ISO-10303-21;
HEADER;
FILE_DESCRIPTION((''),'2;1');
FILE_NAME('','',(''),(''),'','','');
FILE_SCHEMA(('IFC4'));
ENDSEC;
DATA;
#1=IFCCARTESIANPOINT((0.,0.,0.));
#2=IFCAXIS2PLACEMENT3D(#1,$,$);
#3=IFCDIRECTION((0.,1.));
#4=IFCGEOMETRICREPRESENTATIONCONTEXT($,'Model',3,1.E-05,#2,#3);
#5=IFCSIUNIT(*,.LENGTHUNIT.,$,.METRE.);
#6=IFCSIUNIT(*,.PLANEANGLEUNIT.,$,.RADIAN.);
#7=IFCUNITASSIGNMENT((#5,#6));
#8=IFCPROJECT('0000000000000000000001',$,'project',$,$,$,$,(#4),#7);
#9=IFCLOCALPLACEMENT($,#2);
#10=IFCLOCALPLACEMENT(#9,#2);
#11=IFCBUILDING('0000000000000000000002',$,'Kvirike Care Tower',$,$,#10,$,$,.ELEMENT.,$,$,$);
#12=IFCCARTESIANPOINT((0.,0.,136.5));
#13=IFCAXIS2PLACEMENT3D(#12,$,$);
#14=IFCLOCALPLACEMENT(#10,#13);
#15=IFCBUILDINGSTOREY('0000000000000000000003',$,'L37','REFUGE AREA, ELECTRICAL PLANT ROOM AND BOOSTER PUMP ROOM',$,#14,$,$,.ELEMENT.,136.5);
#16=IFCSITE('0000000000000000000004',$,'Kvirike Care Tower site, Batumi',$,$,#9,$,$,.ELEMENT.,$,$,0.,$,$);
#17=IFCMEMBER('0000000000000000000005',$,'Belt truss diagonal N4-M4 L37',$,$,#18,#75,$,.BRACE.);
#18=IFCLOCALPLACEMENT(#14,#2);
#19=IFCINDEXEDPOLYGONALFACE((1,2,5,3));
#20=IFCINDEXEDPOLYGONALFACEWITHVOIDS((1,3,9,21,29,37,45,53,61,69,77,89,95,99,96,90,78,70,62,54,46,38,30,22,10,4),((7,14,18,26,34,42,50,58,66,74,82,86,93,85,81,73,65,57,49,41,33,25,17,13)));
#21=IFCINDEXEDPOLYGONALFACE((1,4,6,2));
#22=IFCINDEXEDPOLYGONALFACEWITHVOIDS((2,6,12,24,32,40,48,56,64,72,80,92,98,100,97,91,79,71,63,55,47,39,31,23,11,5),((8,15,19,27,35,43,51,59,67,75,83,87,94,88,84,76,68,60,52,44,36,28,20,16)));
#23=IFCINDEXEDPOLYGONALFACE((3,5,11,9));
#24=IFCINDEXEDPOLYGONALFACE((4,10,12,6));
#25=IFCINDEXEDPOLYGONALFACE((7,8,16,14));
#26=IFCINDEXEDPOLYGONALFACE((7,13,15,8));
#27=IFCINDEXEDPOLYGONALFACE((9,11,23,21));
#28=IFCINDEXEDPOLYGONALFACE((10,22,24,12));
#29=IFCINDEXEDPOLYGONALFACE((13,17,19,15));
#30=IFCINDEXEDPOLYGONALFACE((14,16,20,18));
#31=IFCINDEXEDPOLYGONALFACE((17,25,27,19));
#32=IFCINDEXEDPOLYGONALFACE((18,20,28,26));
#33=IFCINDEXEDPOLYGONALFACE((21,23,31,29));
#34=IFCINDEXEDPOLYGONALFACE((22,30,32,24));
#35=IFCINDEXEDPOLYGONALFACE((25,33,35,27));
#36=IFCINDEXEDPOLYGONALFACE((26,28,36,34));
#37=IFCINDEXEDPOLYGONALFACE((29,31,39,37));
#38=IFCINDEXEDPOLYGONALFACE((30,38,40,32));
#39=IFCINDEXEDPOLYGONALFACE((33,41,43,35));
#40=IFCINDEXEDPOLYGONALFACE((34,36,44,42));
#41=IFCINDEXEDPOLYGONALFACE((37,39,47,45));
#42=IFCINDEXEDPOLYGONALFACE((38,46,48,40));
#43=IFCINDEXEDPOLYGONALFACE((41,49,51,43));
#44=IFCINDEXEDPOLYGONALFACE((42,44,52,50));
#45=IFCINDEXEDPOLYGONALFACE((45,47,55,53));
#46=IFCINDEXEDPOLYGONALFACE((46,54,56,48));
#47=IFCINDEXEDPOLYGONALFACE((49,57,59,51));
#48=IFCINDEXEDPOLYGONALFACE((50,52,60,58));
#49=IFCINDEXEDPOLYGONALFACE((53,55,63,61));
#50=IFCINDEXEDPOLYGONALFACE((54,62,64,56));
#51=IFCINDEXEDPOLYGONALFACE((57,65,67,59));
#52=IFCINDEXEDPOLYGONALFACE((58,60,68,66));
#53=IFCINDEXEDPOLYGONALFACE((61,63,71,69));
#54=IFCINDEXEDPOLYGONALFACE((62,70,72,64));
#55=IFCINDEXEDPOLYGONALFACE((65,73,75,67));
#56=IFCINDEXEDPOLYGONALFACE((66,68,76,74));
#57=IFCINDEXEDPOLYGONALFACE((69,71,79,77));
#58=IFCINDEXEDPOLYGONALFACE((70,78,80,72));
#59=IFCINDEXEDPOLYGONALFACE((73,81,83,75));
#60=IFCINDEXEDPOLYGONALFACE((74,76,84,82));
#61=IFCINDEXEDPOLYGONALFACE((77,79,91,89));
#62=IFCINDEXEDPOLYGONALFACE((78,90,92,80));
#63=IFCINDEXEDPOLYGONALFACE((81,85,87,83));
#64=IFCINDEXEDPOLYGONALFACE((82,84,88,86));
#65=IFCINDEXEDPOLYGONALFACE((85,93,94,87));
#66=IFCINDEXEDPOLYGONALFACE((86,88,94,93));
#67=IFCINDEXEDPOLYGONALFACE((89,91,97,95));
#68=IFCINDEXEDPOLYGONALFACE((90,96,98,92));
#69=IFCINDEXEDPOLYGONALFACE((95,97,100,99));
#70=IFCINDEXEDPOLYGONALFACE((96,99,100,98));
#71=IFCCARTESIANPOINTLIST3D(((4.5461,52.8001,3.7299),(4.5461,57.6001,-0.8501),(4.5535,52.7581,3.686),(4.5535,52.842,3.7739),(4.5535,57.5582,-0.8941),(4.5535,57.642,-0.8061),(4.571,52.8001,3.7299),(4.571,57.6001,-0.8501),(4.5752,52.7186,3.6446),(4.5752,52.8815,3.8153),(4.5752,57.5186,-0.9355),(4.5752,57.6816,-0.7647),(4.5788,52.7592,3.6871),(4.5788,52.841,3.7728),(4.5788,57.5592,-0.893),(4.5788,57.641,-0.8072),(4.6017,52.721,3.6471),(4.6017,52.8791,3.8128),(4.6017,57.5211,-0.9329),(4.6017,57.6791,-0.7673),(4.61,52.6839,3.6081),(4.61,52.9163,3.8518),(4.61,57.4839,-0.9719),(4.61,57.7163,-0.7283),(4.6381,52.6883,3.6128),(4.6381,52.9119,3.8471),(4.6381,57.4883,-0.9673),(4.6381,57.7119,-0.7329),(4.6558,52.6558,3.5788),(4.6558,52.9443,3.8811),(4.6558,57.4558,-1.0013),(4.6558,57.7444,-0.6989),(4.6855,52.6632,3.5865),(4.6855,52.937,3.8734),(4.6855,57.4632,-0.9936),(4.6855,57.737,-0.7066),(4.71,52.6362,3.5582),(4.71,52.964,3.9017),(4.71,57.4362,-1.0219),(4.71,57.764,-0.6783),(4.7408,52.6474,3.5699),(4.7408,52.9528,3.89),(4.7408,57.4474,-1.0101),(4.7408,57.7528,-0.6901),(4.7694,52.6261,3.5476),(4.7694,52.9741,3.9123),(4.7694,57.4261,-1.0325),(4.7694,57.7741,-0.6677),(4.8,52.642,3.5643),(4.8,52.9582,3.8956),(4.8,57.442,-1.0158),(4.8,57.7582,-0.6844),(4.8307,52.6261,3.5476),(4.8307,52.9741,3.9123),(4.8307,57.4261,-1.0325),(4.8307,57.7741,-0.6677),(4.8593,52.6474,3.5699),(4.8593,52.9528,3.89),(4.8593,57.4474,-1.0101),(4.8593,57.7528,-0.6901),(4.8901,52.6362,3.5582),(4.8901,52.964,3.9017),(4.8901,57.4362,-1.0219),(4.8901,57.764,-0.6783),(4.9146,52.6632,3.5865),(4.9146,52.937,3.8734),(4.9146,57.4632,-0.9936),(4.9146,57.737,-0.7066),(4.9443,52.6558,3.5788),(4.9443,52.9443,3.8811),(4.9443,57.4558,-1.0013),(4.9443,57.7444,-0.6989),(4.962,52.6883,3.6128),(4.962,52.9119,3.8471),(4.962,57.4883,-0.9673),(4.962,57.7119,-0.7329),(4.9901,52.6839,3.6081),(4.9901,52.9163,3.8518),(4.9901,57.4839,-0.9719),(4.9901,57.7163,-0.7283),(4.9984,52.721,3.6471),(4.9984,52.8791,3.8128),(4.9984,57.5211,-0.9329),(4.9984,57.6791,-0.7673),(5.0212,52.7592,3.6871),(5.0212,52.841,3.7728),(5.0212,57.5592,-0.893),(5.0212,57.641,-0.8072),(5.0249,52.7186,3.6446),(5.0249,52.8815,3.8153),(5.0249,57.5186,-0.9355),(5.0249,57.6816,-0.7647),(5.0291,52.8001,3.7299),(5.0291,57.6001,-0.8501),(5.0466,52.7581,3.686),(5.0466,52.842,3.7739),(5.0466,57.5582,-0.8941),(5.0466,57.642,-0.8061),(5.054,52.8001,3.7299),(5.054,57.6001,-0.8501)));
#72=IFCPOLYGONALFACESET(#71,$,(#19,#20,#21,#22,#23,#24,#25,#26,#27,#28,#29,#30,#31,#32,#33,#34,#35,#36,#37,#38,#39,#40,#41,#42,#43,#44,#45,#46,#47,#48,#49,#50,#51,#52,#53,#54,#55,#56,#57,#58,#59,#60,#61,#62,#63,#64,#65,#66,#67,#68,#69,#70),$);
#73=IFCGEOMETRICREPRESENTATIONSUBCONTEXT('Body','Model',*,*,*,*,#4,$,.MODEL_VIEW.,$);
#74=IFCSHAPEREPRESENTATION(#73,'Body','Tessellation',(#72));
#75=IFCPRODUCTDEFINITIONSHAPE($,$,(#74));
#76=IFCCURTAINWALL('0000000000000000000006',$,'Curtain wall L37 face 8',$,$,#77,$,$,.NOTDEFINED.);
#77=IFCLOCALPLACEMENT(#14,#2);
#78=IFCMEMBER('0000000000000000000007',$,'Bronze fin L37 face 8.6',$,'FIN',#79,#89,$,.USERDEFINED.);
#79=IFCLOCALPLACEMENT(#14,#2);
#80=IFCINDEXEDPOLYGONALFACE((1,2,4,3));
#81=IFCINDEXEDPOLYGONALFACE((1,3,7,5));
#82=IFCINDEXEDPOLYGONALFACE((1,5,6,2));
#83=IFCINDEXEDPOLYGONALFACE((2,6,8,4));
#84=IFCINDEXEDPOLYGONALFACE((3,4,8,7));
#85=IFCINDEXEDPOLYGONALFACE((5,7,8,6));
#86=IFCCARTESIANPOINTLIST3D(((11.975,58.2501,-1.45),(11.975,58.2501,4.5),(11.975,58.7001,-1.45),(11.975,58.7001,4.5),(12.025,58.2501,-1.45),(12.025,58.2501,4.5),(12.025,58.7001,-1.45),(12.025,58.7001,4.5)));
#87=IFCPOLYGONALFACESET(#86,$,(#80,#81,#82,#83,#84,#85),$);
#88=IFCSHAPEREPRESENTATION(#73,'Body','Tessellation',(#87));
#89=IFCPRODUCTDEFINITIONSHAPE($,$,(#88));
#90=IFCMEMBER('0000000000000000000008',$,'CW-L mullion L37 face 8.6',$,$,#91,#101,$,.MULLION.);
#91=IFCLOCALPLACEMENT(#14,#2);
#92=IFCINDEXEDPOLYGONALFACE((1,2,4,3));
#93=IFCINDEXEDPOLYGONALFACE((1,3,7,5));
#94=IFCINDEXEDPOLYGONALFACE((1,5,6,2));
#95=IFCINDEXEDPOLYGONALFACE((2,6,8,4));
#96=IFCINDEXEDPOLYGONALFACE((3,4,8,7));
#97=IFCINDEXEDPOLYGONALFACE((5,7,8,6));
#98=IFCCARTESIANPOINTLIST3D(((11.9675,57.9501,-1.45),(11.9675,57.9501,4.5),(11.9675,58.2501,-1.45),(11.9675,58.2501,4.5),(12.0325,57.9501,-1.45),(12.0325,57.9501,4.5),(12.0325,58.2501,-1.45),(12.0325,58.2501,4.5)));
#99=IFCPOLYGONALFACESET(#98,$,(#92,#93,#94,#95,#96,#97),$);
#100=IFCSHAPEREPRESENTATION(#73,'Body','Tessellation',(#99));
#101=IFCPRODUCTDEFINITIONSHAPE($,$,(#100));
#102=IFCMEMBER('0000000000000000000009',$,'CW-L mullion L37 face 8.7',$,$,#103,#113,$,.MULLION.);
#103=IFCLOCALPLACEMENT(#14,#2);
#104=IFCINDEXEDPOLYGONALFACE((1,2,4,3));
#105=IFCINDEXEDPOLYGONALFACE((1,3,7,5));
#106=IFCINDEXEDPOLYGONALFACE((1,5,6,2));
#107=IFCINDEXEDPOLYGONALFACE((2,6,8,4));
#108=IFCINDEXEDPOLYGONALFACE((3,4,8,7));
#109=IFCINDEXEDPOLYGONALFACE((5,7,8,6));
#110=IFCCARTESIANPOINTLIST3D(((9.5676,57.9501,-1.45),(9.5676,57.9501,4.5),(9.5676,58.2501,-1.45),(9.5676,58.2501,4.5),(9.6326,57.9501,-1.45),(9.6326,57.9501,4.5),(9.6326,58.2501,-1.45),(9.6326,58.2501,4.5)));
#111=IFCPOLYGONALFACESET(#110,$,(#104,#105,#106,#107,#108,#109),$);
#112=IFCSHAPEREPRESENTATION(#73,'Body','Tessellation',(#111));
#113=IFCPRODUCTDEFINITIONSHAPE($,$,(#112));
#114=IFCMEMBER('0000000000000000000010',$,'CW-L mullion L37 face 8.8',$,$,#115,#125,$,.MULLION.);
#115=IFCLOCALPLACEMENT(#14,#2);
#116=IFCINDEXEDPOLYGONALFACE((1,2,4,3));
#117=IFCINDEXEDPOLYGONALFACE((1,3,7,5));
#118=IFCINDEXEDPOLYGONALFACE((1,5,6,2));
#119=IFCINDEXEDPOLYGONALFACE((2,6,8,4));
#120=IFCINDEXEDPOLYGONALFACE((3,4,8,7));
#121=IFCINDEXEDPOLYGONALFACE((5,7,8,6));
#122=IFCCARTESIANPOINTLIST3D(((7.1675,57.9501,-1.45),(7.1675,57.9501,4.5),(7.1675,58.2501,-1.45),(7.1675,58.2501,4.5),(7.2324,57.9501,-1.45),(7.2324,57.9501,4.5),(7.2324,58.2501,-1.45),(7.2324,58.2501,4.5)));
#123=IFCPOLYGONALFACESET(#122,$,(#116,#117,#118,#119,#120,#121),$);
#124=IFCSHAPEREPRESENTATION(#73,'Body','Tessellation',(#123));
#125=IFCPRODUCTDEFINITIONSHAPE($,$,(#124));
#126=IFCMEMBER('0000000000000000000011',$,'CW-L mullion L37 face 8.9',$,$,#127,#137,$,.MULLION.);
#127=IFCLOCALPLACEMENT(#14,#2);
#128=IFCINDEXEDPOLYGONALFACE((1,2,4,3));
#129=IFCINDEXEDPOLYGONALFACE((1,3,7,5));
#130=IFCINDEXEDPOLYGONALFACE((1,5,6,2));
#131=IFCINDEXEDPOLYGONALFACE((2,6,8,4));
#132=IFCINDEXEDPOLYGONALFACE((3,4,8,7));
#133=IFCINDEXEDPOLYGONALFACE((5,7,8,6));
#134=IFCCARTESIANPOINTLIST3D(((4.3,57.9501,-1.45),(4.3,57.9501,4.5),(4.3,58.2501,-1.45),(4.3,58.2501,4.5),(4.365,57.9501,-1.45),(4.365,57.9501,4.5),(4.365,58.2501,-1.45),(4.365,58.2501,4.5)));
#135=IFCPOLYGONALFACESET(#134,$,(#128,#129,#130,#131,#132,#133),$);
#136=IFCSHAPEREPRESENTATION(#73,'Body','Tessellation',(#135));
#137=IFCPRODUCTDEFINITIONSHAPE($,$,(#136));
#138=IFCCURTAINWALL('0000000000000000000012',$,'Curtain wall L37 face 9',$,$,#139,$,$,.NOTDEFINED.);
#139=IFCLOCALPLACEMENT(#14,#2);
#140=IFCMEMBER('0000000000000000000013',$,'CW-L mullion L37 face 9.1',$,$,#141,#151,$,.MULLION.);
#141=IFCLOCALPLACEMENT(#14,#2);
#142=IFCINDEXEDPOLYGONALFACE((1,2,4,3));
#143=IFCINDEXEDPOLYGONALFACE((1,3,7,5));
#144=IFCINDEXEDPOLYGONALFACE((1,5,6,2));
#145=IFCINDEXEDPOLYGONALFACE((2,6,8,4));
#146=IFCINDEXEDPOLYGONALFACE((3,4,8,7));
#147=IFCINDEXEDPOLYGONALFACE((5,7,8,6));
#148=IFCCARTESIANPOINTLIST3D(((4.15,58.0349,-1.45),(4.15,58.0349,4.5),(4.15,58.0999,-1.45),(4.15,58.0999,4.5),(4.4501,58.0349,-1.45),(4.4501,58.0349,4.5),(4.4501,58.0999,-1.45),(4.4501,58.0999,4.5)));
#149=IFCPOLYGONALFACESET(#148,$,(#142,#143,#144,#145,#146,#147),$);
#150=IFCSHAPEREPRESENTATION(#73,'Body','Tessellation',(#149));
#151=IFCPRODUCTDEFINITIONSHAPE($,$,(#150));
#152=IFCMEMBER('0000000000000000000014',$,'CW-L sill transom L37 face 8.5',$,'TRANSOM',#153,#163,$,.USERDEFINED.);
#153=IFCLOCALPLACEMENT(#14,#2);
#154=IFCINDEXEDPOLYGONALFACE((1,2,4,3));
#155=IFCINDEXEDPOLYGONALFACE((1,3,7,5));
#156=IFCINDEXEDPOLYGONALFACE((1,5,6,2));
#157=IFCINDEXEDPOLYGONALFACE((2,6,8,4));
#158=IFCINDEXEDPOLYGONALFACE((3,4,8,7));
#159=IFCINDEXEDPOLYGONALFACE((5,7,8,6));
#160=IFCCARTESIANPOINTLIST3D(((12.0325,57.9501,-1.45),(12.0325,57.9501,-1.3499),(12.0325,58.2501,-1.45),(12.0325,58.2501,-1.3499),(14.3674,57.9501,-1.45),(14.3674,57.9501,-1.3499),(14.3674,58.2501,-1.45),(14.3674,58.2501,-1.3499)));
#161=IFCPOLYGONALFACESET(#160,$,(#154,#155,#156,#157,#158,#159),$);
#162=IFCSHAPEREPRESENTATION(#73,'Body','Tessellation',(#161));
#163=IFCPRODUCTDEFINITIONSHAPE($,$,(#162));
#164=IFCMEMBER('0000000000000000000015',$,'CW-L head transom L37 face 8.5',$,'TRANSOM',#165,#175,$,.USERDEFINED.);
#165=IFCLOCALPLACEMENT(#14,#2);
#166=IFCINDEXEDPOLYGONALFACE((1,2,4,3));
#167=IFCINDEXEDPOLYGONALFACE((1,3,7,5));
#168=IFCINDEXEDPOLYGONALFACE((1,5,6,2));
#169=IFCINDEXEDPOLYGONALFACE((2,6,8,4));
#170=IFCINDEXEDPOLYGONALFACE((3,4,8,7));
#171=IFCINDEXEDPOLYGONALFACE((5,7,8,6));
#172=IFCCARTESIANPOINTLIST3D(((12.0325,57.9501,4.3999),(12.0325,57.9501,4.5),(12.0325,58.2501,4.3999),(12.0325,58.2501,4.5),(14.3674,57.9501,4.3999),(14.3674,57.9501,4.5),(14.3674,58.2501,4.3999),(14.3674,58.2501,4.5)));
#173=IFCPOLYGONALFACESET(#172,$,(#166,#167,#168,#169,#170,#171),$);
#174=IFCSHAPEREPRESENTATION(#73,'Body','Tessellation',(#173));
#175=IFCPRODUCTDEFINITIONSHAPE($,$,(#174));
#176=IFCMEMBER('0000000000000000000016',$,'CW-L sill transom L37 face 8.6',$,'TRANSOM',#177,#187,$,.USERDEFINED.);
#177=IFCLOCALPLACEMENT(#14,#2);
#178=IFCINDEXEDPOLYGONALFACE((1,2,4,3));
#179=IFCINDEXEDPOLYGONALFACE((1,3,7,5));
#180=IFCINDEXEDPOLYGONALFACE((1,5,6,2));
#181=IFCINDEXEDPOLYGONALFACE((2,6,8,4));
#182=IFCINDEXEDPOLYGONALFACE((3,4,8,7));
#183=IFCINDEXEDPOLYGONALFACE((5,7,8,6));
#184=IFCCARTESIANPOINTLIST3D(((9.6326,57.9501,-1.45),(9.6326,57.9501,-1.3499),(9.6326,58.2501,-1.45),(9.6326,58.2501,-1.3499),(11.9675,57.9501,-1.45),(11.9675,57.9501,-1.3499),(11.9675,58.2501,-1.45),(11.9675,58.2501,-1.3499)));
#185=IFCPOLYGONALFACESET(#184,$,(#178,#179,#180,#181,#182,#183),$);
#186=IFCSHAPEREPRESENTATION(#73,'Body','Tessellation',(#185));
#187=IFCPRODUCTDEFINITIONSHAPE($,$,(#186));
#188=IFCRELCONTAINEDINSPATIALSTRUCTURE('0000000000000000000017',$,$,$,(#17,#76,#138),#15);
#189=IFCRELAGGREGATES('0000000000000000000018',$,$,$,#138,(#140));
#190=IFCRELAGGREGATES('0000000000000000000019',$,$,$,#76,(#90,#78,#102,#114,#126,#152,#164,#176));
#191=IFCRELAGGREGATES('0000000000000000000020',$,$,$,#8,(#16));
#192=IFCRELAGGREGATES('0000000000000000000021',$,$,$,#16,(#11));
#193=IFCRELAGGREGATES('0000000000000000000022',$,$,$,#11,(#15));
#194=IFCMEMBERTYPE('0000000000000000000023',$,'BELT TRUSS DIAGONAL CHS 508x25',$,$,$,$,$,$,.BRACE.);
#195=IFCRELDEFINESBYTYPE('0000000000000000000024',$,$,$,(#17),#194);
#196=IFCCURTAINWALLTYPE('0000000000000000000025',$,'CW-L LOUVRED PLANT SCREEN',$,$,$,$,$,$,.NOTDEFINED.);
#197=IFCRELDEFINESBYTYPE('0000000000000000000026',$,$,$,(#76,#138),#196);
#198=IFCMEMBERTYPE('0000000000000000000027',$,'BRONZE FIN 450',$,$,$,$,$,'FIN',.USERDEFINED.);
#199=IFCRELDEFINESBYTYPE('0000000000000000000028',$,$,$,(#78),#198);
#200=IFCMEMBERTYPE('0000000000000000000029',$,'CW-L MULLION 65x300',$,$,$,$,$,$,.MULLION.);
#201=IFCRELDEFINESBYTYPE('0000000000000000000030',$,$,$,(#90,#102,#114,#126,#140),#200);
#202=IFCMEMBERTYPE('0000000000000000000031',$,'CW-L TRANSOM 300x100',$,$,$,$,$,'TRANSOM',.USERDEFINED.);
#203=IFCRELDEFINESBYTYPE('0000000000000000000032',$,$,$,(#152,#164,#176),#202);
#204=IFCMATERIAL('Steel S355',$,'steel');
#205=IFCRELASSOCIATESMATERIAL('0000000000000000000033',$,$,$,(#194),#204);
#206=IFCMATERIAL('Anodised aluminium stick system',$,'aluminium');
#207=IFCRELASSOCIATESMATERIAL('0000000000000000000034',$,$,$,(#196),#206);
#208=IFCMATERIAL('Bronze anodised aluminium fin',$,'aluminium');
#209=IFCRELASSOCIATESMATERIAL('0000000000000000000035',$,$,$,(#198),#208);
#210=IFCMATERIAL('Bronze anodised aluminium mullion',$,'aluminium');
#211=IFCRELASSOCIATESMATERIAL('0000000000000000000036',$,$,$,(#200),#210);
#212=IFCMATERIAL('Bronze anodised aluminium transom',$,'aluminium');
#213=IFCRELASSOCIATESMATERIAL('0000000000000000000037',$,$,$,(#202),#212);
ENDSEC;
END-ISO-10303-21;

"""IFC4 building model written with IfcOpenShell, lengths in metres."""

from ifc_helpers import new_model, si_unit, direction, frame, origin, origin_2d, place, context, subcontext, project, spatial, rectangle, hollow_circle, extrude, material, material_profile, profile_set, type_object, element, aggregate, save


model = new_model("IFC4")

# Units and contexts
model_context = context("Model", 3, precision=1e-05, world=origin(), true_north=direction((0.0, 1.0)))
body_context = subcontext(model_context, "Body", "Model", "MODEL_VIEW")
ifc_project = project(units=[si_unit("LENGTHUNIT", "METRE"), si_unit("PLANEANGLEUNIT", "RADIAN")], contexts=[model_context])

# Site, building, storey
site_placement = place(None, origin())
site = spatial("IfcSite", under=ifc_project, at=site_placement, Name="Kvirike Care Tower site, Batumi", CompositionType="ELEMENT", RefElevation=0.0)
building_placement = place(site_placement, origin())
building = spatial("IfcBuilding", under=site, at=building_placement, Name="Kvirike Care Tower", CompositionType="ELEMENT")
storey_placement = place(building_placement, frame((0.0, 0.0, 136.5)))
storey = spatial("IfcBuildingStorey", under=building, at=storey_placement, Name="L37", Description="REFUGE AREA, ELECTRICAL PLANT ROOM AND BOOSTER PUMP ROOM", CompositionType="ELEMENT", Elevation=136.5)

# Member
ifc_material_1 = material(Name="Steel S355", Category="steel")
ifc_material_profile_1 = material_profile(ifc_material_1, hollow_circle(Radius=0.2539, WallThickness=0.0249, at=origin_2d()), Name="CHS 508x25")
ifc_profile_set_1 = profile_set([ifc_material_profile_1], Name="Steel S355")
member_type_1 = type_object("IfcMemberType", Name="BELT TRUSS DIAGONAL CHS 508x25", PredefinedType="BRACE", material=ifc_profile_set_1)
for number, where, z_axis, x_axis, name in (
    (1, (4.8, 57.6001, -0.8501), (0.0, -0.72349, 0.690335), (1.0, 0.0, 0.0), "Belt truss diagonal N4-M4 L37"),
):
    element("IfcMember", number, at=place(storey_placement, frame(where, z_axis=z_axis, x_axis=x_axis)), inside=storey, type_object=member_type_1, Name=name, PredefinedType="BRACE", context=body_context, shape_type="SweptSolid", body=[
        extrude(hollow_circle(Radius=0.2539, WallThickness=0.0249, at=origin_2d()), origin(), (0.0, 0.0, 1.0), 6.6345),
    ])

# Curtain wall, members
ifc_material_2 = material(Name="Anodised aluminium stick system", Category="aluminium")
curtain_wall_type = type_object("IfcCurtainWallType", Name="CW-L LOUVRED PLANT SCREEN", PredefinedType="NOTDEFINED", material=ifc_material_2)
curtain_wall_1_placement = place(storey_placement, origin())
curtain_wall_1 = element("IfcCurtainWall", 2, at=curtain_wall_1_placement, inside=storey, type_object=curtain_wall_type, Name="Curtain wall L37 face 8", PredefinedType="NOTDEFINED")
ifc_material_3 = material(Name="Bronze anodised aluminium fin", Category="aluminium")
ifc_material_profile_2 = material_profile(ifc_material_3, rectangle(XDim=0.05, YDim=0.45, at=origin_2d()), Name="BRONZE FIN 450")
ifc_profile_set_2 = profile_set([ifc_material_profile_2], Name="Bronze anodised aluminium fin")
member_type_2 = type_object("IfcMemberType", Name="BRONZE FIN 450", ElementType="FIN", PredefinedType="USERDEFINED", material=ifc_profile_set_2)
member_1_placement = place(storey_placement, frame((12.0, 58.4751, -1.45), z_axis=(0.0, 0.0, 1.0), x_axis=(-1.0, 0.0, 0.0)))
member_1 = element("IfcMember", 3, at=member_1_placement, type_object=member_type_2, Name="Bronze fin L37 face 8.6", ObjectType="FIN", PredefinedType="USERDEFINED", context=body_context, shape_type="SweptSolid", body=[
    extrude(rectangle(XDim=0.05, YDim=0.45, at=origin_2d()), origin(), (0.0, 0.0, 1.0), 5.95),
])
ifc_material_4 = material(Name="Bronze anodised aluminium mullion", Category="aluminium")
ifc_material_profile_3 = material_profile(ifc_material_4, rectangle(XDim=0.0649, YDim=0.3, at=origin_2d()), Name="CW-L MULLION 65x300")
ifc_profile_set_3 = profile_set([ifc_material_profile_3], Name="Bronze anodised aluminium mullion")
member_type_3 = type_object("IfcMemberType", Name="CW-L MULLION 65x300", PredefinedType="MULLION", material=ifc_profile_set_3)
member_2_placement = place(storey_placement, frame((12.0, 58.1001, -1.45), z_axis=(0.0, 0.0, 1.0), x_axis=(-1.0, 0.0, 0.0)))
member_2 = element("IfcMember", 4, at=member_2_placement, type_object=member_type_3, Name="CW-L mullion L37 face 8.6", PredefinedType="MULLION", context=body_context, shape_type="SweptSolid", body=[
    extrude(rectangle(XDim=0.0649, YDim=0.3, at=origin_2d()), origin(), (0.0, 0.0, 1.0), 5.95),
])
member_3_placement = place(storey_placement, frame((9.6001, 58.1001, -1.45), z_axis=(0.0, 0.0, 1.0), x_axis=(-1.0, 0.0, 0.0)))
member_3 = element("IfcMember", 5, at=member_3_placement, type_object=member_type_3, Name="CW-L mullion L37 face 8.7", PredefinedType="MULLION", context=body_context, shape_type="SweptSolid", body=[
    extrude(rectangle(XDim=0.0649, YDim=0.3, at=origin_2d()), origin(), (0.0, 0.0, 1.0), 5.95),
])
member_4_placement = place(storey_placement, frame((7.2, 58.1001, -1.45), z_axis=(0.0, 0.0, 1.0), x_axis=(-1.0, 0.0, 0.0)))
member_4 = element("IfcMember", 6, at=member_4_placement, type_object=member_type_3, Name="CW-L mullion L37 face 8.8", PredefinedType="MULLION", context=body_context, shape_type="SweptSolid", body=[
    extrude(rectangle(XDim=0.0649, YDim=0.3, at=origin_2d()), origin(), (0.0, 0.0, 1.0), 5.95),
])
member_5_placement = place(storey_placement, frame((4.3325, 58.1001, -1.45), z_axis=(0.0, 0.0, 1.0), x_axis=(-1.0, 0.0, 0.0)))
member_5 = element("IfcMember", 7, at=member_5_placement, type_object=member_type_3, Name="CW-L mullion L37 face 8.9", PredefinedType="MULLION", context=body_context, shape_type="SweptSolid", body=[
    extrude(rectangle(XDim=0.0649, YDim=0.3, at=origin_2d()), origin(), (0.0, 0.0, 1.0), 5.95),
])

# Curtain wall, member
curtain_wall_2_placement = place(storey_placement, origin())
curtain_wall_2 = element("IfcCurtainWall", 8, at=curtain_wall_2_placement, inside=storey, type_object=curtain_wall_type, Name="Curtain wall L37 face 9", PredefinedType="NOTDEFINED")
member_6_placement = place(storey_placement, frame((4.3, 58.0674, -1.45), z_axis=(0.0, 0.0, 1.0), x_axis=(0.0, -1.0, 0.0)))
member_6 = element("IfcMember", 9, at=member_6_placement, type_object=member_type_3, Name="CW-L mullion L37 face 9.1", PredefinedType="MULLION", context=body_context, shape_type="SweptSolid", body=[
    extrude(rectangle(XDim=0.0649, YDim=0.3, at=origin_2d()), origin(), (0.0, 0.0, 1.0), 5.95),
])
aggregate(curtain_wall_2, [member_6])

# Members
ifc_material_5 = material(Name="Bronze anodised aluminium transom", Category="aluminium")
ifc_material_profile_4 = material_profile(ifc_material_5, rectangle(XDim=0.3, YDim=0.1001, at=origin_2d()), Name="CW-L TRANSOM 300x100")
ifc_profile_set_4 = profile_set([ifc_material_profile_4], Name="Bronze anodised aluminium transom")
member_type_4 = type_object("IfcMemberType", Name="CW-L TRANSOM 300x100", ElementType="TRANSOM", PredefinedType="USERDEFINED", material=ifc_profile_set_4)
member_7_placement = place(storey_placement, frame((14.3674, 58.1001, -1.3999), z_axis=(-1.0, 0.0, 0.0), x_axis=(0.0, -1.0, 0.0)))
member_7 = element("IfcMember", 10, at=member_7_placement, type_object=member_type_4, Name="CW-L sill transom L37 face 8.5", ObjectType="TRANSOM", PredefinedType="USERDEFINED", context=body_context, shape_type="SweptSolid", body=[
    extrude(rectangle(XDim=0.3, YDim=0.1001, at=origin_2d()), origin(), (0.0, 0.0, 1.0), 2.335),
])
member_8_placement = place(storey_placement, frame((14.3674, 58.1001, 4.45), z_axis=(-1.0, 0.0, 0.0), x_axis=(0.0, -1.0, 0.0)))
member_8 = element("IfcMember", 11, at=member_8_placement, type_object=member_type_4, Name="CW-L head transom L37 face 8.5", ObjectType="TRANSOM", PredefinedType="USERDEFINED", context=body_context, shape_type="SweptSolid", body=[
    extrude(rectangle(XDim=0.3, YDim=0.1001, at=origin_2d()), origin(), (0.0, 0.0, 1.0), 2.335),
])
member_9_placement = place(storey_placement, frame((11.9675, 58.1001, -1.3999), z_axis=(-1.0, 0.0, 0.0), x_axis=(0.0, -1.0, 0.0)))
member_9 = element("IfcMember", 12, at=member_9_placement, type_object=member_type_4, Name="CW-L sill transom L37 face 8.6", ObjectType="TRANSOM", PredefinedType="USERDEFINED", context=body_context, shape_type="SweptSolid", body=[
    extrude(rectangle(XDim=0.3, YDim=0.1001, at=origin_2d()), origin(), (0.0, 0.0, 1.0), 2.335),
])

aggregate(curtain_wall_1, [member_2, member_1, member_3, member_4, member_5, member_7, member_8, member_9])

save(model, "model.ifc")
